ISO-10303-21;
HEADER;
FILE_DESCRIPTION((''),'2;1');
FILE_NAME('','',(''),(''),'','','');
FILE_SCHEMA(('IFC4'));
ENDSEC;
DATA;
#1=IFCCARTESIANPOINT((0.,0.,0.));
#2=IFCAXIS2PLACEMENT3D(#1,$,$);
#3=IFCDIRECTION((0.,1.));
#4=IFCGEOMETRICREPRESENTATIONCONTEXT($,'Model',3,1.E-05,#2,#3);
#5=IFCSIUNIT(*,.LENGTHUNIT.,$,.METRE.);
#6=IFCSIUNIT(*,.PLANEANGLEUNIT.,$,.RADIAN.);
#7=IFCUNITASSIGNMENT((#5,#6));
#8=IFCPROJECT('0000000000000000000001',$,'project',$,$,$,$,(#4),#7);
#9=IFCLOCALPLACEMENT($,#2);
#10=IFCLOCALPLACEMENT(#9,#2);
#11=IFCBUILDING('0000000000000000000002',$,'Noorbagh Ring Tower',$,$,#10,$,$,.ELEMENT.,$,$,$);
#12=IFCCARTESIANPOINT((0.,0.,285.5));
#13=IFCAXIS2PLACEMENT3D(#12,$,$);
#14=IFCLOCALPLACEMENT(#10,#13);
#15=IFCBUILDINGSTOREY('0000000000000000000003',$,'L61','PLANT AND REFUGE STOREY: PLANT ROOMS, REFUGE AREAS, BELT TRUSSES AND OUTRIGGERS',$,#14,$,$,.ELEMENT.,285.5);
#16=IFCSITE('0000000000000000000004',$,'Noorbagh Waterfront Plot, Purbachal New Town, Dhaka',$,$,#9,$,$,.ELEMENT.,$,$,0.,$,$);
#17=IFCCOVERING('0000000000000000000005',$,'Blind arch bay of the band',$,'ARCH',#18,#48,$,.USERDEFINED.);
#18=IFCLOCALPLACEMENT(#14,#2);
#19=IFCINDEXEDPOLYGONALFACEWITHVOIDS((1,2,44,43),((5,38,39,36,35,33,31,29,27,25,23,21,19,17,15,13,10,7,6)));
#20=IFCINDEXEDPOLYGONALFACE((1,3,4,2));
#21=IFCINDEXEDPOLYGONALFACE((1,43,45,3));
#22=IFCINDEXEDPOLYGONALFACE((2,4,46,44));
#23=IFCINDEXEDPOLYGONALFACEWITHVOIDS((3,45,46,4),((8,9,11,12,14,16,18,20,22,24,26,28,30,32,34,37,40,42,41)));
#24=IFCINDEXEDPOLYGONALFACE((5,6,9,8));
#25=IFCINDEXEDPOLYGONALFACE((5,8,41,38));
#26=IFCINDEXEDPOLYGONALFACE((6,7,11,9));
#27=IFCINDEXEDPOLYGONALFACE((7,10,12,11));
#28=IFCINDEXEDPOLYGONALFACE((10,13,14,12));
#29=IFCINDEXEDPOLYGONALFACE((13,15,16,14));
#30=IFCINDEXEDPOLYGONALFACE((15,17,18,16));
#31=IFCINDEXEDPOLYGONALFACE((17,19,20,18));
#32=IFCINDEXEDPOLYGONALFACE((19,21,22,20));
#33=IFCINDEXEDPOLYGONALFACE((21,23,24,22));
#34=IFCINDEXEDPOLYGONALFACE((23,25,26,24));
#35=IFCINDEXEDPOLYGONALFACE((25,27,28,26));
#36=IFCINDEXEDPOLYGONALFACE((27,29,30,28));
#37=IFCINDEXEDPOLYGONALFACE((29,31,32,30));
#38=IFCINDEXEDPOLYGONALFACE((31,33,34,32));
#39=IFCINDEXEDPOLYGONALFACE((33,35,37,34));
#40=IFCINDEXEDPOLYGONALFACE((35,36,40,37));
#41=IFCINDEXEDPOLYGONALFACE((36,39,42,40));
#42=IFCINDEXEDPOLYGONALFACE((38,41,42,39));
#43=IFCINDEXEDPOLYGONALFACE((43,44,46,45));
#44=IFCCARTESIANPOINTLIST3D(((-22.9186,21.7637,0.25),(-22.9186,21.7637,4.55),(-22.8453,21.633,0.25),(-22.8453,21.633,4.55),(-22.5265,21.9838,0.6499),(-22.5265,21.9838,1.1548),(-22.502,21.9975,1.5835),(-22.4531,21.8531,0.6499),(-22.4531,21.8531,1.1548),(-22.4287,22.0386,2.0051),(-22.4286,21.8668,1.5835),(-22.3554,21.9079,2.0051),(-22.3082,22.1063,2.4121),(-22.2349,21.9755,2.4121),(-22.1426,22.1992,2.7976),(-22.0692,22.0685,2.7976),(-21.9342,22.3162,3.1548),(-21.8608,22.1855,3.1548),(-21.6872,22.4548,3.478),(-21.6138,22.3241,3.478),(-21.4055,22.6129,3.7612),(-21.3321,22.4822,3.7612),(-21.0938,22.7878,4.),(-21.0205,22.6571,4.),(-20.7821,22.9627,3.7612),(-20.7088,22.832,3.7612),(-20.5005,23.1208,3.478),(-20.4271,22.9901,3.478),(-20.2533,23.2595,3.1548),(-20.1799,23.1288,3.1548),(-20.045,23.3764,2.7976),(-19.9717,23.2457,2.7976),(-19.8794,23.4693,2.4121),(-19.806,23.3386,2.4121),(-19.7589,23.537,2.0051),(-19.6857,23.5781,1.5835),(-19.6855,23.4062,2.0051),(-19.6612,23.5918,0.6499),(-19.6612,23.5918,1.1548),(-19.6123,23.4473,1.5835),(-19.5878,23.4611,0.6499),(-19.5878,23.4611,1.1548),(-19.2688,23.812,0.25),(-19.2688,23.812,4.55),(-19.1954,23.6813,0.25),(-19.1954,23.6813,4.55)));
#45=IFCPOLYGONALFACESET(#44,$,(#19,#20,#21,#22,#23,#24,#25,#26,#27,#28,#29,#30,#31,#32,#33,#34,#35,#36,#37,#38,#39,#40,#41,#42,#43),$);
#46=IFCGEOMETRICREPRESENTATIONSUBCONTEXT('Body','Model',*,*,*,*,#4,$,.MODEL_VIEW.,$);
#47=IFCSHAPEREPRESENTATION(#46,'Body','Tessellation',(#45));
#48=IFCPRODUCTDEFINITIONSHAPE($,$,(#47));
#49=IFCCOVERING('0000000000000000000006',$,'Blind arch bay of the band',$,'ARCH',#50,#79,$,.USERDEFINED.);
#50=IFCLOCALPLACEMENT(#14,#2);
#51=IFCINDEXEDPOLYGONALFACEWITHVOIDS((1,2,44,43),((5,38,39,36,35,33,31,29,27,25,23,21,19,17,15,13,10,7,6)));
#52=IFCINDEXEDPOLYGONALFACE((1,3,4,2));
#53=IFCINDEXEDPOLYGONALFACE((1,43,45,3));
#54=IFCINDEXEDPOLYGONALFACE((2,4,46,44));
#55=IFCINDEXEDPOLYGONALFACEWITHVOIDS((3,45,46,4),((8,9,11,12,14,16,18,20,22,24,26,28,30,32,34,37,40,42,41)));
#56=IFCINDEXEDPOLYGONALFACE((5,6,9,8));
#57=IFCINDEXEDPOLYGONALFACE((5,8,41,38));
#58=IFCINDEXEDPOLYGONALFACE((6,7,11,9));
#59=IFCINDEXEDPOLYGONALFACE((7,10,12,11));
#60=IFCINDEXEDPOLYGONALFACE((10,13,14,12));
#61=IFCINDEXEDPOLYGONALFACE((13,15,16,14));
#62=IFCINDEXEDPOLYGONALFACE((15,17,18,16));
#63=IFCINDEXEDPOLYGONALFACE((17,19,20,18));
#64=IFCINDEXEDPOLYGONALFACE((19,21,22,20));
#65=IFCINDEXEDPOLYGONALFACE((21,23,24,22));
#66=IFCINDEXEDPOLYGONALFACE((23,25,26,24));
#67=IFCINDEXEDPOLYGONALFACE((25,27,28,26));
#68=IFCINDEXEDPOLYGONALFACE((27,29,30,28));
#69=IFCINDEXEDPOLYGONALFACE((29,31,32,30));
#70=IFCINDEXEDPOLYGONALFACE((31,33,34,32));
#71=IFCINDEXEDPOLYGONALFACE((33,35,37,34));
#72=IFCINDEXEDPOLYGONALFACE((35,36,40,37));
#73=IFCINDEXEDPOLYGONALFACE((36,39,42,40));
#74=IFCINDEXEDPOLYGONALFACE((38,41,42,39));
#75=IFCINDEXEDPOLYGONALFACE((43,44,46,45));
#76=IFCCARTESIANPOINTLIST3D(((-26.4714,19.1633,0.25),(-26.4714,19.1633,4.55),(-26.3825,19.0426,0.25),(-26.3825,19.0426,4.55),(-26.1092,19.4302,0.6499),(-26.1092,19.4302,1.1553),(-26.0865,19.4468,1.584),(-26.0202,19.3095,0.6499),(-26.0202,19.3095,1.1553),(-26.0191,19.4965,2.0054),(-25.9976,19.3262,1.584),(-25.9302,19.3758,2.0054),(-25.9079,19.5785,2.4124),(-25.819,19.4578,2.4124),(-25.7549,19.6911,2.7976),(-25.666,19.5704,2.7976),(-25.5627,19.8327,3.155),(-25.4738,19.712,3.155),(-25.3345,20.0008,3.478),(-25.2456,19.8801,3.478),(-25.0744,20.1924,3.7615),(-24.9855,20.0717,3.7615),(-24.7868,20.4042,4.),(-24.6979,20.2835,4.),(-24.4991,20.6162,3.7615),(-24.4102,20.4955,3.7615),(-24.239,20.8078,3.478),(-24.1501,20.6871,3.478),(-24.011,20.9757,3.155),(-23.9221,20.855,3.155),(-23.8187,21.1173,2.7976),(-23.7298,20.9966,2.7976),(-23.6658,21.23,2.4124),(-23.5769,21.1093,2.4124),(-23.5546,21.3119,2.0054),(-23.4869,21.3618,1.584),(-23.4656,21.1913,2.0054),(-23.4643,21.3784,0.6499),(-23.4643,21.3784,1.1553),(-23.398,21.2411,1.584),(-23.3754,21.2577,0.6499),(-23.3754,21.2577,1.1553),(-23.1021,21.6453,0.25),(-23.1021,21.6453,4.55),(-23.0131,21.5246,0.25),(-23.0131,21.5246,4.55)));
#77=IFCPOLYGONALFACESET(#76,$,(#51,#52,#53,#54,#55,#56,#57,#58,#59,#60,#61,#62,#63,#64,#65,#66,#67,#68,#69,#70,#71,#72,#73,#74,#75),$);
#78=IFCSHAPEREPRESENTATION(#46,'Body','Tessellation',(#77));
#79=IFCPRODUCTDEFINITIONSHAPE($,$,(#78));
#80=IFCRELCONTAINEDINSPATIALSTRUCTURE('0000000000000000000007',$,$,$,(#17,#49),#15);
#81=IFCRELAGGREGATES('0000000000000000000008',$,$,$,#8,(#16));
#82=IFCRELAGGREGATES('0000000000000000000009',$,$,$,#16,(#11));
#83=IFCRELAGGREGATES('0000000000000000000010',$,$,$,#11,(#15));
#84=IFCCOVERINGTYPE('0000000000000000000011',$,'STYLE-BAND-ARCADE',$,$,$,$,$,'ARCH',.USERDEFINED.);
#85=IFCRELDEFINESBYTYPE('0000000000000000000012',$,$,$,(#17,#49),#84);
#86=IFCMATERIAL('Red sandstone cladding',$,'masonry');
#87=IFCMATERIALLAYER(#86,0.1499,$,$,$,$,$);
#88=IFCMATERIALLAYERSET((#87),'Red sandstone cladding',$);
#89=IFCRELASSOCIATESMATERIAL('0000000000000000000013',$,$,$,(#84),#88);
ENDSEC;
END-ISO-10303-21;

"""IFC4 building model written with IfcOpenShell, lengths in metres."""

from ifc_helpers import new_model, si_unit, direction, frame, origin, place, context, subcontext, project, spatial, polyline, outline, extrude, material, layer, layer_set, type_object, element, save


model = new_model("IFC4")

# Units and contexts
model_context = context("Model", 3, precision=1e-05, world=origin(), true_north=direction((0.0, 1.0)))
body_context = subcontext(model_context, "Body", "Model", "MODEL_VIEW")
ifc_project = project(units=[si_unit("LENGTHUNIT", "METRE"), si_unit("PLANEANGLEUNIT", "RADIAN")], contexts=[model_context])

# Site, building, storey
site_placement = place(None, origin())
site = spatial("IfcSite", under=ifc_project, at=site_placement, Name="Noorbagh Waterfront Plot, Purbachal New Town, Dhaka", CompositionType="ELEMENT", RefElevation=0.0)
building_placement = place(site_placement, origin())
building = spatial("IfcBuilding", under=site, at=building_placement, Name="Noorbagh Ring Tower", CompositionType="ELEMENT")
storey_placement = place(building_placement, frame((0.0, 0.0, 285.5)))
storey = spatial("IfcBuildingStorey", under=building, at=storey_placement, Name="L61", Description="PLANT AND REFUGE STOREY: PLANT ROOMS, REFUGE AREAS, BELT TRUSSES AND OUTRIGGERS", CompositionType="ELEMENT", Elevation=285.5)

# Coverings
ifc_material_1 = material(Name="Red sandstone cladding", Category="masonry")
ifc_layer_1 = layer(ifc_material_1, 0.1499)
ifc_layer_set_1 = layer_set([ifc_layer_1], Name="Red sandstone cladding")
covering_type_1 = type_object("IfcCoveringType", Name="STYLE-BAND-ARCADE", ElementType="ARCH", PredefinedType="USERDEFINED", material=ifc_layer_set_1)
covering_1_placement = place(storey_placement, frame((-19.2688, 23.812, 0.25), z_axis=(-0.489402, 0.872058, 0.0), x_axis=(-0.872058, -0.489402, 0.0)))
element("IfcCovering", 1, at=covering_1_placement, inside=storey, type_object=covering_type_1, Name="Blind arch bay of the band", ObjectType="ARCH", PredefinedType="USERDEFINED", context=body_context, shape_type="SweptSolid", body=[
    extrude(outline(polyline([(0.0, 0.0), (4.1853, 0.0), (4.1853, 4.3), (0.0, 4.3), (0.0, 0.0)]), holes=[polyline([(0.45, 0.3999), (0.45, 0.9048), (0.478, 1.3335), (0.562, 1.7551), (0.7002, 2.1621), (0.8901, 2.5476), (1.1289, 2.9048), (1.4124, 3.228), (1.7354, 3.5112), (2.0928, 3.75), (2.4502, 3.5112), (2.7732, 3.228), (3.0564, 2.9048), (3.2954, 2.5476), (3.4854, 2.1621), (3.6235, 1.7551), (3.7075, 1.3335), (3.7356, 0.9048), (3.7356, 0.3999), (0.45, 0.3999)])]), origin(), (0.0, 0.0, -1.0), 0.1499),
])
covering_2_placement = place(storey_placement, frame((-23.1021, 21.6453, 0.25), z_axis=(-0.59308, 0.805144, 0.0), x_axis=(-0.805144, -0.59308, 0.0)))
element("IfcCovering", 2, at=covering_2_placement, inside=storey, type_object=covering_type_1, Name="Blind arch bay of the band", ObjectType="ARCH", PredefinedType="USERDEFINED", context=body_context, shape_type="SweptSolid", body=[
    extrude(outline(polyline([(0.0, 0.0), (4.1848, 0.0), (4.1848, 4.3), (0.0, 4.3), (0.0, 0.0)]), holes=[polyline([(0.45, 0.3999), (0.45, 0.9053), (0.478, 1.334), (0.562, 1.7554), (0.7002, 2.1624), (0.8901, 2.5476), (1.1289, 2.905), (1.4121, 3.228), (1.7351, 3.5115), (2.0925, 3.75), (2.4497, 3.5115), (2.7727, 3.228), (3.0562, 2.905), (3.2949, 2.5476), (3.4849, 2.1624), (3.623, 1.7554), (3.7068, 1.334), (3.7349, 0.9053), (3.7349, 0.3999), (0.45, 0.3999)])]), origin(), (0.0, 0.0, -1.0), 0.1499),
])

save(model, "model.ifc")
